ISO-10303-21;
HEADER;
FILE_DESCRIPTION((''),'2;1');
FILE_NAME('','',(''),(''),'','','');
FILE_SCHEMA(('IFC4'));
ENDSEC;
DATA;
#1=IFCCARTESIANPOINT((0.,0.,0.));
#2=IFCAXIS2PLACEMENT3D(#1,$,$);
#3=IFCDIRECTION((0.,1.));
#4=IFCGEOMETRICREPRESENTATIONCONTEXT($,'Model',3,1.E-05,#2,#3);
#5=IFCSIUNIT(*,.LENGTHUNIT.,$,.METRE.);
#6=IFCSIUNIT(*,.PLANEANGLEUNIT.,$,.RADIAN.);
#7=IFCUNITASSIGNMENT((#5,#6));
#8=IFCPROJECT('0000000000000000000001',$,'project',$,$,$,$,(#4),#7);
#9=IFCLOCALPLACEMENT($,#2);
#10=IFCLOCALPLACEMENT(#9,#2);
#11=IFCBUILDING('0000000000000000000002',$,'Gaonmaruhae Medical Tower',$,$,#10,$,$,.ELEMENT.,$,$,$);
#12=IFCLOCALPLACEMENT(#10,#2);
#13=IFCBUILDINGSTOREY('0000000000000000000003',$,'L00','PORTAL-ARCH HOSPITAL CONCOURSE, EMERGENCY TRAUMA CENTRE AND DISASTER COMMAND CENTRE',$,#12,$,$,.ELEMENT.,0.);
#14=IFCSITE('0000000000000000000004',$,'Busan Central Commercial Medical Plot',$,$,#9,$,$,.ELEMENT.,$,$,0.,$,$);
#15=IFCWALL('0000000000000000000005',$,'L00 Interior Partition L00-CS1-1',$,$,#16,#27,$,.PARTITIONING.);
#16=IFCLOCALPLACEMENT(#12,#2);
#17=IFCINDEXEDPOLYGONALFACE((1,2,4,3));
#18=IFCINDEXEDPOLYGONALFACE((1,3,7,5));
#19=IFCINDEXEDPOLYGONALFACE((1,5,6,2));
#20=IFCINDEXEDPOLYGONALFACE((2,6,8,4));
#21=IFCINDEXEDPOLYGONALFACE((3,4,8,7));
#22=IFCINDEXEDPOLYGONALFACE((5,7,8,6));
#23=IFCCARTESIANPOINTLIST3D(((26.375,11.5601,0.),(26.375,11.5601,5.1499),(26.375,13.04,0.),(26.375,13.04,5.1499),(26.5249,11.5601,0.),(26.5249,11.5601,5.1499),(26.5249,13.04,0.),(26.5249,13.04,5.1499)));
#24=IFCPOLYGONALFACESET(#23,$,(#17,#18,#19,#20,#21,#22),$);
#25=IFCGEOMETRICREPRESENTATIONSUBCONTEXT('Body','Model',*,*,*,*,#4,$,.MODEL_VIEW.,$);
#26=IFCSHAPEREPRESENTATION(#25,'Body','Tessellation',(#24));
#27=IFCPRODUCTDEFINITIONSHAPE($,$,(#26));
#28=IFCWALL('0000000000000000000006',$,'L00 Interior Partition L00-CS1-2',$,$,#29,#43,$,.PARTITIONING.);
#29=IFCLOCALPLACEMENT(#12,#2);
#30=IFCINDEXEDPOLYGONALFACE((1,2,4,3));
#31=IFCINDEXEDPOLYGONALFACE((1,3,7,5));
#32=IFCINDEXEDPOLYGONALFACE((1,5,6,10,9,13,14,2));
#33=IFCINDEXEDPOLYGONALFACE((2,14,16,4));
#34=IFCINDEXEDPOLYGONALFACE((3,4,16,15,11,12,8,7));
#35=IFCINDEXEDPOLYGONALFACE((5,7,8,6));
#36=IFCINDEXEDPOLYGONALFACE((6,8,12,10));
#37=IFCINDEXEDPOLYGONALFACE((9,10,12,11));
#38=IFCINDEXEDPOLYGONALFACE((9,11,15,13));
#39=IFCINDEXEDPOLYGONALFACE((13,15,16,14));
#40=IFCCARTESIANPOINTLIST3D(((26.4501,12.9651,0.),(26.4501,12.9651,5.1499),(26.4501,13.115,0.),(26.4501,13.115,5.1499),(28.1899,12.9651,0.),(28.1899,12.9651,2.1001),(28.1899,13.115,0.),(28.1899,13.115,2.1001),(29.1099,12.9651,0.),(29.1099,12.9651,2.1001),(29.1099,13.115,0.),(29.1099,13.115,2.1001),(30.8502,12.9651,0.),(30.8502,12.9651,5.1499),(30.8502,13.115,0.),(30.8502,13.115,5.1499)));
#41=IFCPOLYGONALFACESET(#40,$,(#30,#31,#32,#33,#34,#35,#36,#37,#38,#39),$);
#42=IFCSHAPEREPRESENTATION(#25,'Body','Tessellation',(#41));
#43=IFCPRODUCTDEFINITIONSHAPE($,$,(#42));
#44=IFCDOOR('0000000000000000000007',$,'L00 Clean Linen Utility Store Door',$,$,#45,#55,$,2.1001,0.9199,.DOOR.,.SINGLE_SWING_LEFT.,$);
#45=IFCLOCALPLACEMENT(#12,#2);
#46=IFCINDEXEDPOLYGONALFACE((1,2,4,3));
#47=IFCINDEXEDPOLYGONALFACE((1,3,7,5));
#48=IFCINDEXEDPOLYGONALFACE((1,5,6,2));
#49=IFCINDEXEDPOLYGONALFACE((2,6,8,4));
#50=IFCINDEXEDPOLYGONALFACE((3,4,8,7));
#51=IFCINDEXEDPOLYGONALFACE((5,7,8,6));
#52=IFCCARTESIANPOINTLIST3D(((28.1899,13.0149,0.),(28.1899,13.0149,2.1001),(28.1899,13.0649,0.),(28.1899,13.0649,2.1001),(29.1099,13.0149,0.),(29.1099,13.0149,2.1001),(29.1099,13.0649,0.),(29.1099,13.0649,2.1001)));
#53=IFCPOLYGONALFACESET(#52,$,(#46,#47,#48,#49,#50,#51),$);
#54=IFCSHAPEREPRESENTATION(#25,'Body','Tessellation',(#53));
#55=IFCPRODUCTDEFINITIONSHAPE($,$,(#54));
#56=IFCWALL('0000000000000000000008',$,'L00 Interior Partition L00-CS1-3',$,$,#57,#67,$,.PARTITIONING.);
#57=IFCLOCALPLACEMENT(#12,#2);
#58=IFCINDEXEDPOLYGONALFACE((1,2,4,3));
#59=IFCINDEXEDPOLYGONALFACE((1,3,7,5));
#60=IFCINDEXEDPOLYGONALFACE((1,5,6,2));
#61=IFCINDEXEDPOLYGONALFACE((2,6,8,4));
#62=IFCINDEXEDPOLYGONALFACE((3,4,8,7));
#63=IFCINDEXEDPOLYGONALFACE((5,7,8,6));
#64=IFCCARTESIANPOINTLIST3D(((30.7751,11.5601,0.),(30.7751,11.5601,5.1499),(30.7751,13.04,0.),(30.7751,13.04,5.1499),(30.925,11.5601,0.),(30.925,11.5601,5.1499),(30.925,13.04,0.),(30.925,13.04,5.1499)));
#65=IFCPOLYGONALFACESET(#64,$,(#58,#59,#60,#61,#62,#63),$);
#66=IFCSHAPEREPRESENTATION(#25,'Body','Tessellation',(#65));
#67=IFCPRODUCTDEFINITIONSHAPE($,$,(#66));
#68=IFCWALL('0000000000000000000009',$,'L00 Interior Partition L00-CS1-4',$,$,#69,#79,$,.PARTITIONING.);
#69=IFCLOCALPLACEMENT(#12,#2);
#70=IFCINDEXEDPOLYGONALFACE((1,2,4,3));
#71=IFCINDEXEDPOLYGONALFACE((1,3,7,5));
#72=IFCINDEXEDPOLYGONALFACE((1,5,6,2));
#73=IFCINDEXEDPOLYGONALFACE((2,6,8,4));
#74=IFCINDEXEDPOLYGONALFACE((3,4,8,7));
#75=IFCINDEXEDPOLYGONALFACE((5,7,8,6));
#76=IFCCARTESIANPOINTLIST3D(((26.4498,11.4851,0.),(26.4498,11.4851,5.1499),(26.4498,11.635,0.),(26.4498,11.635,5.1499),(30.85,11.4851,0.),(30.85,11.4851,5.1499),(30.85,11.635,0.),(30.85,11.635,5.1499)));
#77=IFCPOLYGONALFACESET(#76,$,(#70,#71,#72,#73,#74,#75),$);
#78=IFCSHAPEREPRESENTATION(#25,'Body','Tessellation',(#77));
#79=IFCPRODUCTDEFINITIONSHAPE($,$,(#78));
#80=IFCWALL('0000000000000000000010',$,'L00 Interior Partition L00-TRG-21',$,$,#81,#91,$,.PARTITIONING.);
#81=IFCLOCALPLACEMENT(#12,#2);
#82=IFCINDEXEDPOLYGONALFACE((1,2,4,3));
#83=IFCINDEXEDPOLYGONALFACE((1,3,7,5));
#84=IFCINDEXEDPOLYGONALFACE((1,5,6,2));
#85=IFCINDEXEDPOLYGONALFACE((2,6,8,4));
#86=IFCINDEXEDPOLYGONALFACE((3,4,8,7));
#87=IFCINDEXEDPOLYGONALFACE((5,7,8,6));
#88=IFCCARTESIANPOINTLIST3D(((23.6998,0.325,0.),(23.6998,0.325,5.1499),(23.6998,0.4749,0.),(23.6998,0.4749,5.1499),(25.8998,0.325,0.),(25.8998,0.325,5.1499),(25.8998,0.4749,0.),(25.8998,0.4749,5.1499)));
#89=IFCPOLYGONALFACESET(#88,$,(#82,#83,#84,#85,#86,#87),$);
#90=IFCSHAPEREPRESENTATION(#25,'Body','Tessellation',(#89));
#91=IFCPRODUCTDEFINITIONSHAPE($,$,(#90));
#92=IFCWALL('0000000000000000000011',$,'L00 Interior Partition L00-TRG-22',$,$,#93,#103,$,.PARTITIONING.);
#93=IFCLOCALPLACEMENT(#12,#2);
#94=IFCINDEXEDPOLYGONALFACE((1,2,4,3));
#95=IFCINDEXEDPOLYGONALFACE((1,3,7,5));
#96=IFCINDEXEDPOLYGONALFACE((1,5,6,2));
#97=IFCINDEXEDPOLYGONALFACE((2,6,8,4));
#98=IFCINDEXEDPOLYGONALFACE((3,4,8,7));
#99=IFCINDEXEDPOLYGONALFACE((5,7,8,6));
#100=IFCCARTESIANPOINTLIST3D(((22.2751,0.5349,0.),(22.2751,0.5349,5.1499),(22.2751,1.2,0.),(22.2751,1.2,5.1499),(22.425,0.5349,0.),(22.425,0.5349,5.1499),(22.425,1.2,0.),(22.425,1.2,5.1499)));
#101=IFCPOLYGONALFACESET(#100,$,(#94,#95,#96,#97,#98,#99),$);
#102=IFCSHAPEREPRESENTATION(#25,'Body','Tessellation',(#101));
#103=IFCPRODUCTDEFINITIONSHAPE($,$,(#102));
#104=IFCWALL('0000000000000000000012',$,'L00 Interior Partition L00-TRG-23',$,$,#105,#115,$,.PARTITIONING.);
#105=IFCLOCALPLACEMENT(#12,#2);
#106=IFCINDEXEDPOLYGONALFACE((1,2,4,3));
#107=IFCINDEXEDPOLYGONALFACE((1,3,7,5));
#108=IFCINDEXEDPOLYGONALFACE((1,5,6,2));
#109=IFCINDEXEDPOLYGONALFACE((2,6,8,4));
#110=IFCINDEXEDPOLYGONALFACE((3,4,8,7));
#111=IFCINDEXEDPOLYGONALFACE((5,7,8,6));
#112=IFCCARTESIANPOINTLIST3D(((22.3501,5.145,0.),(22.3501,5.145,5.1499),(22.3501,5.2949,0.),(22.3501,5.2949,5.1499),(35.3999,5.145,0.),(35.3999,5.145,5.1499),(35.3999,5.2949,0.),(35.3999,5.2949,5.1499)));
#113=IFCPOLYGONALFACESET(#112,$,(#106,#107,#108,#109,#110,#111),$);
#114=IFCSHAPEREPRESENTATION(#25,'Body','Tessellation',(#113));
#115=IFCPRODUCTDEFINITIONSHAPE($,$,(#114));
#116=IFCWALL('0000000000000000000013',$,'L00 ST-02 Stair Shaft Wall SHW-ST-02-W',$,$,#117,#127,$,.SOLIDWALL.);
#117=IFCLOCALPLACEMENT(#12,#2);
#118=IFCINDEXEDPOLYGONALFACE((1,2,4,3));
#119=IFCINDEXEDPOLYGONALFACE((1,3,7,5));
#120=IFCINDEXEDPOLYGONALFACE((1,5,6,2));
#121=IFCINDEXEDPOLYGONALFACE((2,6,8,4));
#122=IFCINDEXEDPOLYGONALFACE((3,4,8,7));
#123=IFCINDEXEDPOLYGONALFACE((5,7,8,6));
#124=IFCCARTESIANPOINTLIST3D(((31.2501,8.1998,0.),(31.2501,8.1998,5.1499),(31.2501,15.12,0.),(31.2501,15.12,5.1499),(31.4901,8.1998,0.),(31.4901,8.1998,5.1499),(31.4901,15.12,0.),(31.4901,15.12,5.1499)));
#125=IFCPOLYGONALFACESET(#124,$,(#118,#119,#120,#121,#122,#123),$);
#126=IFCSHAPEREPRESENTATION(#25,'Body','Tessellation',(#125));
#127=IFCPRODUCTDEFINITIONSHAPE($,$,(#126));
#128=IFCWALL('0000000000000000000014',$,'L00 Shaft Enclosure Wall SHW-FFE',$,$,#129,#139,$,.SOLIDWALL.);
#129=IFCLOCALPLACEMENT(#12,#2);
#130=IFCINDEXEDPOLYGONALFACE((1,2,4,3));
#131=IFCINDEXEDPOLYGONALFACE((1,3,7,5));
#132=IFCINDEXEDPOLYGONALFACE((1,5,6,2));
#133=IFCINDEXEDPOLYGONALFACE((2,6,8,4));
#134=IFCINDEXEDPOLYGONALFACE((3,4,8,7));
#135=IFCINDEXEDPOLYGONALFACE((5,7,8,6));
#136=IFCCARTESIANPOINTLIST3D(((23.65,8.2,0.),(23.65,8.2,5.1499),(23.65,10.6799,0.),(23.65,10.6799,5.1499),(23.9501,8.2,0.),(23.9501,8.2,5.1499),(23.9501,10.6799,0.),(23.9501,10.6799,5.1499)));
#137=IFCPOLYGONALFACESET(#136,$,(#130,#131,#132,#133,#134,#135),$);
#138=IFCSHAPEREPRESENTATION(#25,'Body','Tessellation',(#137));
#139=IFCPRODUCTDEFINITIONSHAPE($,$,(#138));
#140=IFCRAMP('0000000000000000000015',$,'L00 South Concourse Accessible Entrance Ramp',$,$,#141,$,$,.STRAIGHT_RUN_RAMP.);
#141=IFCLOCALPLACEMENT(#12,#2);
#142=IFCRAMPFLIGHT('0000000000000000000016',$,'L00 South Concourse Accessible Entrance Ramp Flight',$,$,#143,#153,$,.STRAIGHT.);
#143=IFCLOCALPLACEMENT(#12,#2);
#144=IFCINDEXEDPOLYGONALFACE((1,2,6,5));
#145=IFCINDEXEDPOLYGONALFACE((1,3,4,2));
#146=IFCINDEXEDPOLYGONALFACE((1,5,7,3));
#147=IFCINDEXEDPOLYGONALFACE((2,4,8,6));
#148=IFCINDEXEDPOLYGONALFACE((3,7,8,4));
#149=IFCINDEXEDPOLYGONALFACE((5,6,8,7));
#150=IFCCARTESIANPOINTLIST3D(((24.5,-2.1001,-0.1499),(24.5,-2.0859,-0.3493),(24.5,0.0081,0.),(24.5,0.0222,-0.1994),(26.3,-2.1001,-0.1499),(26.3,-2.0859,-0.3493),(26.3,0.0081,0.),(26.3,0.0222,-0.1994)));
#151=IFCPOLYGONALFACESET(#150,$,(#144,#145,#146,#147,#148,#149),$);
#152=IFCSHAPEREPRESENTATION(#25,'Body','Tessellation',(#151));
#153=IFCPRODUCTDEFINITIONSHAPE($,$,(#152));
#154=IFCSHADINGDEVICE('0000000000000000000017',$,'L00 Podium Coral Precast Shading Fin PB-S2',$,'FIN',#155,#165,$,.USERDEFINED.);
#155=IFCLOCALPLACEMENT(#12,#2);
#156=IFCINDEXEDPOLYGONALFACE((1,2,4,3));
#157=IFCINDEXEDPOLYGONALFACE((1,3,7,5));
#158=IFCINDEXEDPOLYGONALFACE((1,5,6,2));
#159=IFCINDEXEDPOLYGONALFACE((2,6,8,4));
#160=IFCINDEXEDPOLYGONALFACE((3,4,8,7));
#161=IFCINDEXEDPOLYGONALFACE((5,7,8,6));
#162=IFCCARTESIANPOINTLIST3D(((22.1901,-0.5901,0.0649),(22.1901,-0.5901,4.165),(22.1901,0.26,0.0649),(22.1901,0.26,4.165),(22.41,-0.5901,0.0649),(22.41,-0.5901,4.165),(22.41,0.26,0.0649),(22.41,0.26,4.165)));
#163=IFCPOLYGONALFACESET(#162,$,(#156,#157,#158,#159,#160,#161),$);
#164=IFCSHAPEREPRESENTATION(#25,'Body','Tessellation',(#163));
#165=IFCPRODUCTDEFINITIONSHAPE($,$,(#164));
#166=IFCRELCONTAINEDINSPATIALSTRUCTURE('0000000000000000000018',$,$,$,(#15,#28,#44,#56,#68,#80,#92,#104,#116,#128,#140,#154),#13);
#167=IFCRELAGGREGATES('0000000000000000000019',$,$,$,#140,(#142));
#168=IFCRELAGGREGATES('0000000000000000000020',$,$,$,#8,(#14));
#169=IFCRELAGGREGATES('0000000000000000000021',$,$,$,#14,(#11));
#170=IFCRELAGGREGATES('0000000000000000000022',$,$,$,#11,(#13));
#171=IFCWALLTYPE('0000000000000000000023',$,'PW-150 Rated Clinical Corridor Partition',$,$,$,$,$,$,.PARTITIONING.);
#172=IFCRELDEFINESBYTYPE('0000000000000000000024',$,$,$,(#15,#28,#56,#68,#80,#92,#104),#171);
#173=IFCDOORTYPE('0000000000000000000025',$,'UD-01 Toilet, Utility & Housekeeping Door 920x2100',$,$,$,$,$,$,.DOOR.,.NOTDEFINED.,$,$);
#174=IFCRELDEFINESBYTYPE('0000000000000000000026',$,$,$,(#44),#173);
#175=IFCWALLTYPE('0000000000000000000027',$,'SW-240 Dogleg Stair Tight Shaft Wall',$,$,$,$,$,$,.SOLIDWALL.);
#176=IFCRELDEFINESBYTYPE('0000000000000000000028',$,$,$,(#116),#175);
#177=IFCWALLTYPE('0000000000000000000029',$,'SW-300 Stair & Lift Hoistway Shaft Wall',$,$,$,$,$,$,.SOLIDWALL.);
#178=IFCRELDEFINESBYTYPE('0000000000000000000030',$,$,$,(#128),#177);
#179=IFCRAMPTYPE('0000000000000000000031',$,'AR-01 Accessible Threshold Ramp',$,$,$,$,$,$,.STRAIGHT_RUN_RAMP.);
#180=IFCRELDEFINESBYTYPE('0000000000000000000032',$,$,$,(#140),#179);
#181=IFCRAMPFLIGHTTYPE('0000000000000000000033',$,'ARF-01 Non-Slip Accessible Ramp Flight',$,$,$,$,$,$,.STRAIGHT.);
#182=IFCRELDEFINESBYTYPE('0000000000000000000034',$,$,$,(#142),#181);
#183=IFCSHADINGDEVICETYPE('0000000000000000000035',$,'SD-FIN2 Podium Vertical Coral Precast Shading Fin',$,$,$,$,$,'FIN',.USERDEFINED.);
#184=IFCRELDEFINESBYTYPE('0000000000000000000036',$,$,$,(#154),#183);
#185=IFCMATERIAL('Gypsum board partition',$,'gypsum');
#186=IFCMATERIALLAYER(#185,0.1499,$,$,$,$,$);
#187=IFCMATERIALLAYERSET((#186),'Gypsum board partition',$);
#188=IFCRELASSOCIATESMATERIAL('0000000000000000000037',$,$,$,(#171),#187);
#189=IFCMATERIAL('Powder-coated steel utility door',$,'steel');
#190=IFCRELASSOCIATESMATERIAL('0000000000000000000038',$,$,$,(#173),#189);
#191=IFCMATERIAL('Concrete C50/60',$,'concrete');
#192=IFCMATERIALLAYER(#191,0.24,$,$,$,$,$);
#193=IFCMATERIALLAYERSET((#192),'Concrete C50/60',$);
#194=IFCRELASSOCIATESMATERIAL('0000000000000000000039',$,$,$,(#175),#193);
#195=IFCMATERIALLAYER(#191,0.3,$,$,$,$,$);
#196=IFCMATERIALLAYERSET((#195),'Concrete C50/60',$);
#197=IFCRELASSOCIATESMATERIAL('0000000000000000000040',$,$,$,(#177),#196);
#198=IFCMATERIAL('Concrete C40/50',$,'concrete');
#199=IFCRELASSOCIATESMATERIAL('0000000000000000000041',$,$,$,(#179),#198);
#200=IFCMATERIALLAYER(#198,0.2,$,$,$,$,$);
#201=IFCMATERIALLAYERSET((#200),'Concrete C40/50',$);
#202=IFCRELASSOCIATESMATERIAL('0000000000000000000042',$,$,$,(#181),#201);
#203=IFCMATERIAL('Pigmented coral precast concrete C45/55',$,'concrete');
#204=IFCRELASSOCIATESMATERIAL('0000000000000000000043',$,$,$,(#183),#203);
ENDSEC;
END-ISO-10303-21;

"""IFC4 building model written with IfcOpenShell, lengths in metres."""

from ifc_helpers import new_model, si_unit, direction, frame, frame_2d, origin, origin_2d, place, context, subcontext, project, spatial, polyline, rectangle, outline, extrude, material, layer, layer_set, type_object, element, fill, aggregate, save


model = new_model("IFC4")

# Units and contexts
model_context = context("Model", 3, precision=1e-05, world=origin(), true_north=direction((0.0, 1.0)))
body_context = subcontext(model_context, "Body", "Model", "MODEL_VIEW")
ifc_project = project(units=[si_unit("LENGTHUNIT", "METRE"), si_unit("PLANEANGLEUNIT", "RADIAN")], contexts=[model_context])

# Site, building, storey
site_placement = place(None, origin())
site = spatial("IfcSite", under=ifc_project, at=site_placement, Name="Busan Central Commercial Medical Plot", CompositionType="ELEMENT", RefElevation=0.0)
building_placement = place(site_placement, origin())
building = spatial("IfcBuilding", under=site, at=building_placement, Name="Gaonmaruhae Medical Tower", CompositionType="ELEMENT")
storey_placement = place(building_placement, origin())
storey = spatial("IfcBuildingStorey", under=building, at=storey_placement, Name="L00", Description="PORTAL-ARCH HOSPITAL CONCOURSE, EMERGENCY TRAUMA CENTRE AND DISASTER COMMAND CENTRE", CompositionType="ELEMENT", Elevation=0.0)

# Shared definitions
ifc_material_1 = material(Name="Concrete C40/50", Category="concrete")

# Shared definitions
ifc_material_2 = material(Name="Concrete C50/60", Category="concrete")

# Wall
ifc_material_3 = material(Name="Gypsum board partition", Category="gypsum")
ifc_layer_1 = layer(ifc_material_3, 0.1499)
ifc_layer_set_1 = layer_set([ifc_layer_1], Name="Gypsum board partition")
wall_type_1 = type_object("IfcWallType", Name="PW-150 Rated Clinical Corridor Partition", PredefinedType="PARTITIONING", material=ifc_layer_set_1)
wall_1_placement = place(storey_placement, frame((26.45, 11.5601, 0.0), z_axis=(0.0, 0.0, 1.0), x_axis=(0.0, 1.0, 0.0)))
element("IfcWall", 1, at=wall_1_placement, inside=storey, type_object=wall_type_1, Name="L00 Interior Partition L00-CS1-1", PredefinedType="PARTITIONING", context=body_context, shape_type="SweptSolid", body=[
    extrude(rectangle(XDim=1.48, YDim=0.1499, at=frame_2d((0.74, 0.0))), origin(), (0.0, 0.0, 1.0), 5.1499),
])

# Wall, opening, door
wall_2_placement = place(storey_placement, frame((26.45, 13.04, 0.0), z_axis=(0.0, 0.0, 1.0), x_axis=(1.0, 0.0, 0.0)))
wall_2 = element("IfcWall", 2, at=wall_2_placement, inside=storey, type_object=wall_type_1, Name="L00 Interior Partition L00-CS1-2", PredefinedType="PARTITIONING", context=body_context, shape_type="SweptSolid", body=[
    extrude(rectangle(XDim=4.4001, YDim=0.1499, at=frame_2d((2.2002, 0.0))), origin(), (0.0, 0.0, 1.0), 5.1499),
])
opening_1_placement = place(wall_2_placement, frame((1.74, 0.0, 0.0)))
opening_1 = element("IfcOpeningElement", 3, at=opening_1_placement, cuts=wall_2, PredefinedType="OPENING", context=body_context, shape_type="SweptSolid", body=[
    extrude(rectangle(XDim=0.9199, YDim=2.1001, at=frame_2d((0.46, 1.05))), frame((0.0, 0.085, 0.0), z_axis=(0.0, -1.0, 0.0), x_axis=(1.0, 0.0, 0.0)), (0.0, 0.0, 1.0), 0.1699),
])
ifc_material_4 = material(Name="Powder-coated steel utility door", Category="steel")
door_type_1 = type_object("IfcDoorType", Name="UD-01 Toilet, Utility & Housekeeping Door 920x2100", OperationType="NOTDEFINED", PredefinedType="DOOR", material=ifc_material_4)
door_1_placement = place(opening_1_placement, origin())
door_1 = element("IfcDoor", 4, at=door_1_placement, inside=storey, type_object=door_type_1, Name="L00 Clean Linen Utility Store Door", OperationType="SINGLE_SWING_LEFT", OverallHeight=2.1001, OverallWidth=0.9199, PredefinedType="DOOR", context=body_context, shape_type="SweptSolid", body=[
    extrude(rectangle(XDim=0.9199, YDim=2.1001, at=frame_2d((0.46, 1.05))), frame((0.0, 0.0249, 0.0), z_axis=(0.0, -1.0, 0.0), x_axis=(1.0, 0.0, 0.0)), (0.0, 0.0, 1.0), 0.05),
])
fill(opening_1, door_1)

# Walls
wall_3_placement = place(storey_placement, frame((30.8501, 13.04, 0.0), z_axis=(0.0, 0.0, 1.0), x_axis=(0.0, -1.0, 0.0)))
element("IfcWall", 5, at=wall_3_placement, inside=storey, type_object=wall_type_1, Name="L00 Interior Partition L00-CS1-3", PredefinedType="PARTITIONING", context=body_context, shape_type="SweptSolid", body=[
    extrude(rectangle(XDim=1.48, YDim=0.1499, at=frame_2d((0.74, 0.0))), origin(), (0.0, 0.0, 1.0), 5.1499),
])
wall_4_placement = place(storey_placement, frame((30.8501, 11.5601, 0.0), z_axis=(0.0, 0.0, 1.0), x_axis=(-1.0, 0.0, 0.0)))
element("IfcWall", 6, at=wall_4_placement, inside=storey, type_object=wall_type_1, Name="L00 Interior Partition L00-CS1-4", PredefinedType="PARTITIONING", context=body_context, shape_type="SweptSolid", body=[
    extrude(rectangle(XDim=4.4001, YDim=0.1499, at=frame_2d((2.2002, 0.0))), origin(), (0.0, 0.0, 1.0), 5.1499),
])
wall_5_placement = place(storey_placement, frame((25.8999, 0.3999, 0.0), z_axis=(0.0, 0.0, 1.0), x_axis=(-1.0, 0.0, 0.0)))
element("IfcWall", 7, at=wall_5_placement, inside=storey, type_object=wall_type_1, Name="L00 Interior Partition L00-TRG-21", PredefinedType="PARTITIONING", context=body_context, shape_type="SweptSolid", body=[
    extrude(rectangle(XDim=2.2, YDim=0.1499, at=frame_2d((1.1001, 0.0))), origin(), (0.0, 0.0, 1.0), 5.1499),
])
wall_6_placement = place(storey_placement, frame((22.3501, 0.5349, 0.0), z_axis=(0.0, 0.0, 1.0), x_axis=(0.0, 1.0, 0.0)))
element("IfcWall", 8, at=wall_6_placement, inside=storey, type_object=wall_type_1, Name="L00 Interior Partition L00-TRG-22", PredefinedType="PARTITIONING", context=body_context, shape_type="SweptSolid", body=[
    extrude(rectangle(XDim=0.665, YDim=0.1499, at=frame_2d((0.3325, 0.0))), origin(), (0.0, 0.0, 1.0), 5.1499),
])
wall_7_placement = place(storey_placement, frame((22.3501, 5.22, 0.0), z_axis=(0.0, 0.0, 1.0), x_axis=(1.0, 0.0, 0.0)))
element("IfcWall", 9, at=wall_7_placement, inside=storey, type_object=wall_type_1, Name="L00 Interior Partition L00-TRG-23", PredefinedType="PARTITIONING", context=body_context, shape_type="SweptSolid", body=[
    extrude(rectangle(XDim=13.0498, YDim=0.1499, at=frame_2d((6.5249, 0.0))), origin(), (0.0, 0.0, 1.0), 5.1499),
])
ifc_layer_2 = layer(ifc_material_2, 0.24)
ifc_layer_set_2 = layer_set([ifc_layer_2], Name="Concrete C50/60")
wall_type_2 = type_object("IfcWallType", Name="SW-240 Dogleg Stair Tight Shaft Wall", PredefinedType="SOLIDWALL", material=ifc_layer_set_2)
wall_8_placement = place(storey_placement, frame((31.3701, 8.2, 0.0), z_axis=(0.0, 0.0, 1.0), x_axis=(0.0, 1.0, 0.0)))
element("IfcWall", 10, at=wall_8_placement, inside=storey, type_object=wall_type_2, Name="L00 ST-02 Stair Shaft Wall SHW-ST-02-W", PredefinedType="SOLIDWALL", context=body_context, shape_type="SweptSolid", body=[
    extrude(rectangle(XDim=6.9202, YDim=0.24, at=frame_2d((3.46, 0.0))), origin(), (0.0, 0.0, 1.0), 5.1499),
])
ifc_layer_3 = layer(ifc_material_2, 0.3)
ifc_layer_set_3 = layer_set([ifc_layer_3], Name="Concrete C50/60")
wall_type_3 = type_object("IfcWallType", Name="SW-300 Stair & Lift Hoistway Shaft Wall", PredefinedType="SOLIDWALL", material=ifc_layer_set_3)
wall_9_placement = place(storey_placement, frame((23.8, 8.2, 0.0), z_axis=(0.0, 0.0, 1.0), x_axis=(0.0, 1.0, 0.0)))
element("IfcWall", 11, at=wall_9_placement, inside=storey, type_object=wall_type_3, Name="L00 Shaft Enclosure Wall SHW-FFE", PredefinedType="SOLIDWALL", context=body_context, shape_type="SweptSolid", body=[
    extrude(rectangle(XDim=2.48, YDim=0.3, at=frame_2d((1.24, 0.0))), origin(), (0.0, 0.0, 1.0), 5.1499),
])

# Ramp, ramp flight
ramp_type = type_object("IfcRampType", Name="AR-01 Accessible Threshold Ramp", PredefinedType="STRAIGHT_RUN_RAMP", material=ifc_material_1)
ramp_placement = place(storey_placement, origin())
ramp = element("IfcRamp", 12, at=ramp_placement, inside=storey, type_object=ramp_type, Name="L00 South Concourse Accessible Entrance Ramp", PredefinedType="STRAIGHT_RUN_RAMP")
ifc_layer_4 = layer(ifc_material_1, 0.2)
ifc_layer_set_4 = layer_set([ifc_layer_4], Name="Concrete C40/50")
ramp_flight_type = type_object("IfcRampFlightType", Name="ARF-01 Non-Slip Accessible Ramp Flight", PredefinedType="STRAIGHT", material=ifc_layer_set_4)
ramp_flight_placement = place(storey_placement, frame((24.5, -2.1001, -0.1499), z_axis=(0.0, -0.070927, 0.997482), x_axis=(1.0, 0.0, 0.0)))
ramp_flight = element("IfcRampFlight", 13, at=ramp_flight_placement, type_object=ramp_flight_type, Name="L00 South Concourse Accessible Entrance Ramp Flight", PredefinedType="STRAIGHT", context=body_context, shape_type="SweptSolid", body=[
    extrude(outline(polyline([(0.0, 0.0), (1.8, 0.0), (1.8, 2.1135), (0.0, 2.1135), (0.0, 0.0)])), origin(), (0.0, 0.0, -1.0), 0.2),
])
aggregate(ramp, [ramp_flight])

# Shading device
ifc_material_5 = material(Name="Pigmented coral precast concrete C45/55", Category="concrete")
shading_device_type = type_object("IfcShadingDeviceType", Name="SD-FIN2 Podium Vertical Coral Precast Shading Fin", ElementType="FIN", PredefinedType="USERDEFINED", material=ifc_material_5)
shading_device_placement = place(storey_placement, frame((22.3, -0.165, 0.0649), z_axis=(0.0, 0.0, 1.0), x_axis=(-1.0, 0.0, 0.0)))
element("IfcShadingDevice", 14, at=shading_device_placement, inside=storey, type_object=shading_device_type, Name="L00 Podium Coral Precast Shading Fin PB-S2", ObjectType="FIN", PredefinedType="USERDEFINED", context=body_context, shape_type="SweptSolid", body=[
    extrude(rectangle(XDim=0.22, YDim=0.8501, at=origin_2d()), origin(), (0.0, 0.0, 1.0), 4.1001),
])

save(model, "model.ifc")
